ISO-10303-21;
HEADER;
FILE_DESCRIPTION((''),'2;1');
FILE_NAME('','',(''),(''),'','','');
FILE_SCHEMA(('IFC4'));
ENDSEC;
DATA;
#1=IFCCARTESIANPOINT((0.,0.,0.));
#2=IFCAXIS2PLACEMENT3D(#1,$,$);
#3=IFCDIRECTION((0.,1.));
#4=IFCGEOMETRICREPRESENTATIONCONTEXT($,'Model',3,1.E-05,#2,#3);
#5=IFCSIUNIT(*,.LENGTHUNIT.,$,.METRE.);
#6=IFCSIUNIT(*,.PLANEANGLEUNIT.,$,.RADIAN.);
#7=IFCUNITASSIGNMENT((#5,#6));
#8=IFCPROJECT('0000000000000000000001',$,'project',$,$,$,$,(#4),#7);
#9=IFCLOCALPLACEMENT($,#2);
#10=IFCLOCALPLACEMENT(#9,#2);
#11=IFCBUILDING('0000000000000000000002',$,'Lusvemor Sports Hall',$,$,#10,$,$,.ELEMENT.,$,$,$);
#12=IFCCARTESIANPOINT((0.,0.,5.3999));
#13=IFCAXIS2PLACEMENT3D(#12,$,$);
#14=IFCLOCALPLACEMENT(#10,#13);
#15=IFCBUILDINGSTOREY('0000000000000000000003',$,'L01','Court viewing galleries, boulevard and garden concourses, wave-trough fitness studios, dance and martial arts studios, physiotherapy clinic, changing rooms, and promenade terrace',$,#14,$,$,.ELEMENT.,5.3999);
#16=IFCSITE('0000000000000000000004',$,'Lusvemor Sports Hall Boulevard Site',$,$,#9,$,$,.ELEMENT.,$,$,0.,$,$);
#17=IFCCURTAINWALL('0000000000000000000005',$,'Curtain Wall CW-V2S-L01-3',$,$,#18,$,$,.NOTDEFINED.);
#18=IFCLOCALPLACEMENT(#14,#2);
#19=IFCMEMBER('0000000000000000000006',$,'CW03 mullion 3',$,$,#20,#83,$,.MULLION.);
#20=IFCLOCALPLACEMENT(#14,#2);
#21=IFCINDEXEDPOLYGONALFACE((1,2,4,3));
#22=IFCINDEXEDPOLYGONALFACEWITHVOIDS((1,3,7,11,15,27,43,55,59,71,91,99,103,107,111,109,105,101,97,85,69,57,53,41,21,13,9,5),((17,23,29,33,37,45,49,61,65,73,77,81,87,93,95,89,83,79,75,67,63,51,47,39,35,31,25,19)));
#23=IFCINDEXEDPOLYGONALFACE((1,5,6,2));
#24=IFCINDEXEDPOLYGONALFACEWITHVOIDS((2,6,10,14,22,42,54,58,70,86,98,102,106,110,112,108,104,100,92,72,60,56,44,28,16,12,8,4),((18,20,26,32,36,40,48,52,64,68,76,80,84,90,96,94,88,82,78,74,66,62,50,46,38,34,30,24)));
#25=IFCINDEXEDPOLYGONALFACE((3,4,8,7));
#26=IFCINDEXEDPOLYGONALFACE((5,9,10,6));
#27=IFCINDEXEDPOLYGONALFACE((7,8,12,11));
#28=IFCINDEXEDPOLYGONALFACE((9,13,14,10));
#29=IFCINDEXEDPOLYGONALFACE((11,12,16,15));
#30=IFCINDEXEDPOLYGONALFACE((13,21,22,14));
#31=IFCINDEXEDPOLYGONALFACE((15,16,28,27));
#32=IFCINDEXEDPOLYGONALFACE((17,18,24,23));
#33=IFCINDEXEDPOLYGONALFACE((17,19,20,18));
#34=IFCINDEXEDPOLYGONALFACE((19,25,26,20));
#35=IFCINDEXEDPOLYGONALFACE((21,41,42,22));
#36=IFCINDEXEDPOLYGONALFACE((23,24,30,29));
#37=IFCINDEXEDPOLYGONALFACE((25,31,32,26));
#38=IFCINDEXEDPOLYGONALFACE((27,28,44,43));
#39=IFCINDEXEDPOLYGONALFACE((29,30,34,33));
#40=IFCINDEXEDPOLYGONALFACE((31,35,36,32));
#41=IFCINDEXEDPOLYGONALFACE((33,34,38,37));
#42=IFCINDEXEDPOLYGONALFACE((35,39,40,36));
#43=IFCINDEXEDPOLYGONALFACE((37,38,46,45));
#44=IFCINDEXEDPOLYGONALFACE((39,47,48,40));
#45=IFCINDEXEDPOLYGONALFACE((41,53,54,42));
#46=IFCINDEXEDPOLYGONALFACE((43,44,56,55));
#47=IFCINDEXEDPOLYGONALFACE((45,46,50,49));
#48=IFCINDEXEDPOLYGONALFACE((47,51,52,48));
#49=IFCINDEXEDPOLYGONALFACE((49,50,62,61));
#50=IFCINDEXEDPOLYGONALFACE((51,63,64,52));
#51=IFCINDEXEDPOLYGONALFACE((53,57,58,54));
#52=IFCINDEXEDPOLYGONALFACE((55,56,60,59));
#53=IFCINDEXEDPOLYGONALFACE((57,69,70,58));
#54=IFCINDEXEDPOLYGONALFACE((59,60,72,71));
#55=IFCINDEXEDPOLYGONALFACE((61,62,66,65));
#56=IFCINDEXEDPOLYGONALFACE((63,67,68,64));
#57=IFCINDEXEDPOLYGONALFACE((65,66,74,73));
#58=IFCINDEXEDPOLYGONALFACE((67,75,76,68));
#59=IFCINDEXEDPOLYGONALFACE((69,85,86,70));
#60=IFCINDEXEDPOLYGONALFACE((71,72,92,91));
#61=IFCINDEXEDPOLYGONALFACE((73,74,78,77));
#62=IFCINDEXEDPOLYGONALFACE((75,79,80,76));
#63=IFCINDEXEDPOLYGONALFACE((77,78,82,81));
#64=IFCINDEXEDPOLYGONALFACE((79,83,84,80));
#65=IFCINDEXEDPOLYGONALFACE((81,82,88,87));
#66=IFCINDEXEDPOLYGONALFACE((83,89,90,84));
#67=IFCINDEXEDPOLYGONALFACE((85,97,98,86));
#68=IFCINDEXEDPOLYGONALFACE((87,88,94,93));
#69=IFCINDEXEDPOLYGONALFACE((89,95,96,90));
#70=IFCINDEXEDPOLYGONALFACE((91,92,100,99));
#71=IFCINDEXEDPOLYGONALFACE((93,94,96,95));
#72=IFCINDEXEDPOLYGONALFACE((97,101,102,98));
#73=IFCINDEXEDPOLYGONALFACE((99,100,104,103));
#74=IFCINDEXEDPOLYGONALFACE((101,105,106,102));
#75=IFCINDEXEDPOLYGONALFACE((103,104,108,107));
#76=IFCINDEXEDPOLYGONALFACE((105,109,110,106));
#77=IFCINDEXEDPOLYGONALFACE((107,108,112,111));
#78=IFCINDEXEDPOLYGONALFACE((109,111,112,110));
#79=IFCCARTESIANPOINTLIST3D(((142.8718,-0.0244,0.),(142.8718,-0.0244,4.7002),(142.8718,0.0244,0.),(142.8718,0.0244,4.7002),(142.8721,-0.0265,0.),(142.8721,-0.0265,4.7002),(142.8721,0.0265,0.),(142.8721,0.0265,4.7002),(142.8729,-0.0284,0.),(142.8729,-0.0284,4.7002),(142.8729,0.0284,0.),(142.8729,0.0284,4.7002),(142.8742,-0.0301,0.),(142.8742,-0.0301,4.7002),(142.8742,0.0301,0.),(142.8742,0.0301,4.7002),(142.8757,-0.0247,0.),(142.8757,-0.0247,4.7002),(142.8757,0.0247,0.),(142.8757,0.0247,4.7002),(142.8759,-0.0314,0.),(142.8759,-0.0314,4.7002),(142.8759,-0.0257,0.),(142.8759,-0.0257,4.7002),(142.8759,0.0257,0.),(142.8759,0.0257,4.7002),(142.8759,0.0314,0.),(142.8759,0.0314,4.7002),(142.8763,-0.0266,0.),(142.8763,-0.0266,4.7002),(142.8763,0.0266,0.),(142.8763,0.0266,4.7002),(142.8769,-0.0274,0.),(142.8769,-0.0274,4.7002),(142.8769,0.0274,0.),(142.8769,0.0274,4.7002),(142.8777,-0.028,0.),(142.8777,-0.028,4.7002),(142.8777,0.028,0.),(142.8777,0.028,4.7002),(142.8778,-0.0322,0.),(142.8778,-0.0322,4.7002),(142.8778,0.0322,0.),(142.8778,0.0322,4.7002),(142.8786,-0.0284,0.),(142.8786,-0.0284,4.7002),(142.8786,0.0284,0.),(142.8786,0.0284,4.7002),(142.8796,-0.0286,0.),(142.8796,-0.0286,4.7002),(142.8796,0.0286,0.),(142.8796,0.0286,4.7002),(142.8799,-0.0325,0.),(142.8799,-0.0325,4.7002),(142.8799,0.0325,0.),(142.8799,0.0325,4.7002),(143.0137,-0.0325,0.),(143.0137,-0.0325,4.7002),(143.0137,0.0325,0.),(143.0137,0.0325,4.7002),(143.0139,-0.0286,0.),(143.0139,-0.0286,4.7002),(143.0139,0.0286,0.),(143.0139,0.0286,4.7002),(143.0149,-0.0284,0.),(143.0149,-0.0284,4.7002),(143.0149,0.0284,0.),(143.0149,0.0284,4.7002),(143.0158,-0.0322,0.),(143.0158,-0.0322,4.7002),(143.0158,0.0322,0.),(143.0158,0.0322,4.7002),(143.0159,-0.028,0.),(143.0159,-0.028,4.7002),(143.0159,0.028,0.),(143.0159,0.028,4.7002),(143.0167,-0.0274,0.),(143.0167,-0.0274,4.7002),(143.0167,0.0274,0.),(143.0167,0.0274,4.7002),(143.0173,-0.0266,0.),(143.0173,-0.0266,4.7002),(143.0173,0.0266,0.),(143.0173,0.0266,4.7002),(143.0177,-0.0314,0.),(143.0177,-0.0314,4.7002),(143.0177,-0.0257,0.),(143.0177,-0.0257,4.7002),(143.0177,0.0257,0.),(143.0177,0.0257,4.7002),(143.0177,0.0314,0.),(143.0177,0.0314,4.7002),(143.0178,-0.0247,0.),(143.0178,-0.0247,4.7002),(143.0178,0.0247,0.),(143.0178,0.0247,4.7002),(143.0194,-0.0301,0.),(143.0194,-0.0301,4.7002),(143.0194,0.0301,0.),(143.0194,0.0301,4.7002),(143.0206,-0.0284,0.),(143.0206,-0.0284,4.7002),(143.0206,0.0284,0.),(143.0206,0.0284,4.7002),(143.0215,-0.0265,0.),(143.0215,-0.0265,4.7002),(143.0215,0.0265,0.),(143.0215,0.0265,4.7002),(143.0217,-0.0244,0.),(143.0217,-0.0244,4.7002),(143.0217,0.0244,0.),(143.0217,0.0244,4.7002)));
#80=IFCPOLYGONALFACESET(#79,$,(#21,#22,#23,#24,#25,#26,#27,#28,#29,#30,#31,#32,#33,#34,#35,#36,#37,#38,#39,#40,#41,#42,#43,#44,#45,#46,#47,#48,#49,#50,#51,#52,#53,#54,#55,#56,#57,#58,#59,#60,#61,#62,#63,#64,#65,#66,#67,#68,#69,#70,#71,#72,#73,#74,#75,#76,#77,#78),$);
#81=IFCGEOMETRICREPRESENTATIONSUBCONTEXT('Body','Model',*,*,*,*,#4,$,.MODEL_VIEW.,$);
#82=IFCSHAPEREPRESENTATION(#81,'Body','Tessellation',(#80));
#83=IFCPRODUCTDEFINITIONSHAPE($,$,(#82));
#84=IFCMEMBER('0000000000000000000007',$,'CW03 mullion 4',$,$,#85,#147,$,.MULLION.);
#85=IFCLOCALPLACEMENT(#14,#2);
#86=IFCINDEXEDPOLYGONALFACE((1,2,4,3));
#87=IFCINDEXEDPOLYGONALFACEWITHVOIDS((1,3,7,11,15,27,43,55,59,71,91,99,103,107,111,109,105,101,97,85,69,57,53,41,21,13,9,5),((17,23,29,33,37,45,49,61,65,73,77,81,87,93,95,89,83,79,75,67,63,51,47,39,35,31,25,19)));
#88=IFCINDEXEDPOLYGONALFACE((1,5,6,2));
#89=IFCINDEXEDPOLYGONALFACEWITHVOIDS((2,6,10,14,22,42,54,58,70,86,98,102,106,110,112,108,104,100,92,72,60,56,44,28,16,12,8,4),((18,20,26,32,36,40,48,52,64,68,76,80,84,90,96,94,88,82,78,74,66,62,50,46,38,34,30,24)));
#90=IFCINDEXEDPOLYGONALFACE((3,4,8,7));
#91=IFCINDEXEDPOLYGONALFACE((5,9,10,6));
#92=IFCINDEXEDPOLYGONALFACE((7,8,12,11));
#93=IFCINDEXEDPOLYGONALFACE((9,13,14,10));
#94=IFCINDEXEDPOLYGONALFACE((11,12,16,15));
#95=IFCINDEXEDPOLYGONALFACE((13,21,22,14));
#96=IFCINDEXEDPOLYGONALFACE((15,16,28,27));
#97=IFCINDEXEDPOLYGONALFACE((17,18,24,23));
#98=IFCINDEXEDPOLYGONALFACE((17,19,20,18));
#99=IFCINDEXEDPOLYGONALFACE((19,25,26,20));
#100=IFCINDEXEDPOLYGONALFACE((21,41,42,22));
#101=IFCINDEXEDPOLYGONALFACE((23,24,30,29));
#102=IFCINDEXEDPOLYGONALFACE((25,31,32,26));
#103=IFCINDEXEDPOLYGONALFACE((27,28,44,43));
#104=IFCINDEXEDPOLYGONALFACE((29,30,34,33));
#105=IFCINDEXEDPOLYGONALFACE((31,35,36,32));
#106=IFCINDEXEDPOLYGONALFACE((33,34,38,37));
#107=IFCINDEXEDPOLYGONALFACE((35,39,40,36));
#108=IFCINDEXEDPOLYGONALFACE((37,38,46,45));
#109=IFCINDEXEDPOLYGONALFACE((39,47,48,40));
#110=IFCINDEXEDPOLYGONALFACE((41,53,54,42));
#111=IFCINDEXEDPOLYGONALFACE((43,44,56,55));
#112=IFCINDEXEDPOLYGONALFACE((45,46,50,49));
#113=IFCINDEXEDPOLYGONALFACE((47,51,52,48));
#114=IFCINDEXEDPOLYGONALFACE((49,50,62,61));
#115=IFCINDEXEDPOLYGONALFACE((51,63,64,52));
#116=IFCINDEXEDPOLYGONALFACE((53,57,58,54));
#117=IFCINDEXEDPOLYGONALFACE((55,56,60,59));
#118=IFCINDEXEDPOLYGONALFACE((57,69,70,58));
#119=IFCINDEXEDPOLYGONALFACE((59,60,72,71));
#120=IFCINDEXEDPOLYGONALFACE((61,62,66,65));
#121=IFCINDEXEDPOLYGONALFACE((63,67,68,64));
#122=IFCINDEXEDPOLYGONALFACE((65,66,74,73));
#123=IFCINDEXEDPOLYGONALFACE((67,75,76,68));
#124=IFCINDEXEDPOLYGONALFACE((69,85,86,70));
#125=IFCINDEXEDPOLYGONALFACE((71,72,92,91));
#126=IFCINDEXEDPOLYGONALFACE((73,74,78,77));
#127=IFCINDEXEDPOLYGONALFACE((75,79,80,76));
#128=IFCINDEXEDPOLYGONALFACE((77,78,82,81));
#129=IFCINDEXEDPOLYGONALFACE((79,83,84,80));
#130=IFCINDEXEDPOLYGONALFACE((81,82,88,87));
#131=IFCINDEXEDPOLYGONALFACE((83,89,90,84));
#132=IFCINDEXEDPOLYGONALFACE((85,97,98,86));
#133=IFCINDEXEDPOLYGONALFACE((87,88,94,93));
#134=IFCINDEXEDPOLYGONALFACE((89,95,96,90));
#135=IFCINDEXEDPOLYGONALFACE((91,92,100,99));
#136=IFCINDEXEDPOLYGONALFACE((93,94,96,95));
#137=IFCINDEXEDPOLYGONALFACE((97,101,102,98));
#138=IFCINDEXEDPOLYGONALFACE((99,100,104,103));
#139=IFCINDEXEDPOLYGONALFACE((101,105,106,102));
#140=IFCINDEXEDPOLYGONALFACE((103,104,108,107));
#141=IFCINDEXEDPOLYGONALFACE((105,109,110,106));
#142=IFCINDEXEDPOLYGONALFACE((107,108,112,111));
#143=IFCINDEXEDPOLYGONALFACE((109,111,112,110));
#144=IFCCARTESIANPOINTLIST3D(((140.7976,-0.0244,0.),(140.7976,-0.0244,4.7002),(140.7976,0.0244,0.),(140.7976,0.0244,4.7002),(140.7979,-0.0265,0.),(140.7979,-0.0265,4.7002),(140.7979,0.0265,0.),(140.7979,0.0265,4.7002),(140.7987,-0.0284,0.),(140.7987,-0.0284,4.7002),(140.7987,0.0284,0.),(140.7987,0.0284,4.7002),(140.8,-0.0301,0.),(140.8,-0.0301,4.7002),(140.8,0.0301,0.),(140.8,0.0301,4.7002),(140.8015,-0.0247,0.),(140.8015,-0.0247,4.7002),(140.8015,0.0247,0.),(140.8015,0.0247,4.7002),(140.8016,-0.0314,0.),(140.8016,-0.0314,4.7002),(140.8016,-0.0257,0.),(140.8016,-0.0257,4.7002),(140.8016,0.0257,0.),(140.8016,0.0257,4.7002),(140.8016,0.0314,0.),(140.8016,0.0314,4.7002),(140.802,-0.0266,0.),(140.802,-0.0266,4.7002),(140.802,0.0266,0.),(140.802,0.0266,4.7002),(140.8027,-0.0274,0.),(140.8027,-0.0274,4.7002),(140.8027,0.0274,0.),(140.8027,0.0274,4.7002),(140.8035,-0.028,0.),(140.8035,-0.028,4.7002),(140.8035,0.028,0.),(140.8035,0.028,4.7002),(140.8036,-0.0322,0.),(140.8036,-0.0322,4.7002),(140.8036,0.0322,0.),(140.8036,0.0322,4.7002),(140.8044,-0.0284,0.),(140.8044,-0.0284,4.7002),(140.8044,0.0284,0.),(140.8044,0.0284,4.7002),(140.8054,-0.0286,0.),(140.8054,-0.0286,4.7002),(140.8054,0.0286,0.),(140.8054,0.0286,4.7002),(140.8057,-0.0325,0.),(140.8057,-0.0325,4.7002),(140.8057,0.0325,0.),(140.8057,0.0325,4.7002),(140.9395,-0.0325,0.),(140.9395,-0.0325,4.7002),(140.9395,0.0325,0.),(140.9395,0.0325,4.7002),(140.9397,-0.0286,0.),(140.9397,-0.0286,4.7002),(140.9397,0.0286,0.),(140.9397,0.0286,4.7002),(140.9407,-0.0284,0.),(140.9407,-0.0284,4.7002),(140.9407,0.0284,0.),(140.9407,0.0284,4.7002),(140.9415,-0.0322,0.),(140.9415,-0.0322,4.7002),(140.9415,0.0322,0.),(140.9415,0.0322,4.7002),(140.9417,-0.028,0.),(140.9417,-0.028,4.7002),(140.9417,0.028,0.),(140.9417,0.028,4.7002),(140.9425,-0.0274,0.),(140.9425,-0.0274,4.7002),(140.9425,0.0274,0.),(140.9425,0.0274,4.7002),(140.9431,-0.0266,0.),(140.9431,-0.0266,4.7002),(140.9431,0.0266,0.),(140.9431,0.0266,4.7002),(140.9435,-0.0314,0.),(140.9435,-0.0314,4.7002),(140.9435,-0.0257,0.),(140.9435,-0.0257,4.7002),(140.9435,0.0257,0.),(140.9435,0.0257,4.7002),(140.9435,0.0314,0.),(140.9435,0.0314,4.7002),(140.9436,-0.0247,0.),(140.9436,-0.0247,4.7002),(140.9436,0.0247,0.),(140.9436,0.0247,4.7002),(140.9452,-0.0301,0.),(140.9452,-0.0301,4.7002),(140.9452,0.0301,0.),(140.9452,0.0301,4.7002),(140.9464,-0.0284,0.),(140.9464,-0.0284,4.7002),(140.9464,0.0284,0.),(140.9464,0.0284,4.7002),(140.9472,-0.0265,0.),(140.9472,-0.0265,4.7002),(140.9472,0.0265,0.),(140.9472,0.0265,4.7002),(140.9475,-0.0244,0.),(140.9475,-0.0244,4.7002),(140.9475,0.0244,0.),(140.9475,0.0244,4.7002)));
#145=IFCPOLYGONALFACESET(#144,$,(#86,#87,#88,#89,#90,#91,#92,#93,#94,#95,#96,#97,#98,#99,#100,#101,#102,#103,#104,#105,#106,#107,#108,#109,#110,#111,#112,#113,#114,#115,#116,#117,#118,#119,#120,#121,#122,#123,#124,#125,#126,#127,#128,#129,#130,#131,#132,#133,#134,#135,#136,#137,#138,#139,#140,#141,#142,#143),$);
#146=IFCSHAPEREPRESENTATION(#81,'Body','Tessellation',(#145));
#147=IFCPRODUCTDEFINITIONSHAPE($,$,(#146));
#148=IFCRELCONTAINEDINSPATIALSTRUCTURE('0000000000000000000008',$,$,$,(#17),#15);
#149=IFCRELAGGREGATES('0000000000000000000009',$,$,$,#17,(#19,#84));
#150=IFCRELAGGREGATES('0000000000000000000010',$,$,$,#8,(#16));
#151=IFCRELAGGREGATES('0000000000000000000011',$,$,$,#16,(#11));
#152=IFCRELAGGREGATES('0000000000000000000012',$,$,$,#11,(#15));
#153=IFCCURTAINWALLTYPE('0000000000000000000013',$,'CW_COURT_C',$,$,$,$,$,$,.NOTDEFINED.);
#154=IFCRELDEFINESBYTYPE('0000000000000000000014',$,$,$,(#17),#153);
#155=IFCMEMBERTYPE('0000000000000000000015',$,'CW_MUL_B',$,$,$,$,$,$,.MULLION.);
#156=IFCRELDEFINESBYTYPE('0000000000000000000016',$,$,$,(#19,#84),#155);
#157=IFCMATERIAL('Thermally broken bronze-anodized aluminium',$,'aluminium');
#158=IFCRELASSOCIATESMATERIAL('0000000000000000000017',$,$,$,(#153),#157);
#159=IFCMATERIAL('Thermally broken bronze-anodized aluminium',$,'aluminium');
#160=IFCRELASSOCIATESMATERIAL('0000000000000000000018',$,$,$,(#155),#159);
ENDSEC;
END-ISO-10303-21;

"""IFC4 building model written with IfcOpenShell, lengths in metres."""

from ifc_helpers import new_model, si_unit, direction, frame, origin, origin_2d, place, context, subcontext, project, spatial, hollow_rectangle, extrude, material, material_profile, profile_set, type_object, element, aggregate, save


model = new_model("IFC4")

# Units and contexts
model_context = context("Model", 3, precision=1e-05, world=origin(), true_north=direction((0.0, 1.0)))
body_context = subcontext(model_context, "Body", "Model", "MODEL_VIEW")
ifc_project = project(units=[si_unit("LENGTHUNIT", "METRE"), si_unit("PLANEANGLEUNIT", "RADIAN")], contexts=[model_context])

# Site, building, storey
site_placement = place(None, origin())
site = spatial("IfcSite", under=ifc_project, at=site_placement, Name="Lusvemor Sports Hall Boulevard Site", CompositionType="ELEMENT", RefElevation=0.0)
building_placement = place(site_placement, origin())
building = spatial("IfcBuilding", under=site, at=building_placement, Name="Lusvemor Sports Hall", CompositionType="ELEMENT")
storey_placement = place(building_placement, frame((0.0, 0.0, 5.3999)))
storey = spatial("IfcBuildingStorey", under=building, at=storey_placement, Name="L01", Description="Court viewing galleries, boulevard and garden concourses, wave-trough fitness studios, dance and martial arts studios, physiotherapy clinic, changing rooms, and promenade terrace", CompositionType="ELEMENT", Elevation=5.3999)

# Shared definitions
ifc_material_1 = material(Name="Thermally broken bronze-anodized aluminium", Category="aluminium")
curtain_wall_type = type_object("IfcCurtainWallType", Name="CW_COURT_C", PredefinedType="NOTDEFINED", material=ifc_material_1)
ifc_material_2 = material(Name="Thermally broken bronze-anodized aluminium", Category="aluminium")
ifc_material_profile_1 = material_profile(ifc_material_2, hollow_rectangle(XDim=0.0649, YDim=0.1499, WallThickness=0.0039, InnerFilletRadius=0.0039, OuterFilletRadius=0.0081, at=origin_2d()), Name="CWMUL150x65x4")
ifc_profile_set_1 = profile_set([ifc_material_profile_1], Name="Thermally broken bronze-anodized aluminium")
member_type_1 = type_object("IfcMemberType", Name="CW_MUL_B", PredefinedType="MULLION", material=ifc_profile_set_1)

# Curtain wall, members
curtain_wall_1_placement = place(storey_placement, origin())
curtain_wall_1 = element("IfcCurtainWall", 1, at=curtain_wall_1_placement, inside=storey, type_object=curtain_wall_type, Name="Curtain Wall CW-V2S-L01-3", PredefinedType="NOTDEFINED")
member_1_placement = place(storey_placement, frame((142.9468, 0.0, 0.0), z_axis=(0.0, 0.0, 1.0), x_axis=(0.0, -1.0, 0.0)))
member_1 = element("IfcMember", 2, at=member_1_placement, type_object=member_type_1, Name="CW03 mullion 3", PredefinedType="MULLION", context=body_context, shape_type="SweptSolid", body=[
    extrude(hollow_rectangle(XDim=0.0649, YDim=0.1499, WallThickness=0.0039, InnerFilletRadius=0.0039, OuterFilletRadius=0.0081, at=origin_2d()), origin(), (0.0, 0.0, 1.0), 4.7002),
])
member_2_placement = place(storey_placement, frame((140.8726, 0.0, 0.0), z_axis=(0.0, 0.0, 1.0), x_axis=(0.0, -1.0, 0.0)))
member_2 = element("IfcMember", 3, at=member_2_placement, type_object=member_type_1, Name="CW03 mullion 4", PredefinedType="MULLION", context=body_context, shape_type="SweptSolid", body=[
    extrude(hollow_rectangle(XDim=0.0649, YDim=0.1499, WallThickness=0.0039, InnerFilletRadius=0.0039, OuterFilletRadius=0.0081, at=origin_2d()), origin(), (0.0, 0.0, 1.0), 4.7002),
])

aggregate(curtain_wall_1, [member_1, member_2])

save(model, "model.ifc")
